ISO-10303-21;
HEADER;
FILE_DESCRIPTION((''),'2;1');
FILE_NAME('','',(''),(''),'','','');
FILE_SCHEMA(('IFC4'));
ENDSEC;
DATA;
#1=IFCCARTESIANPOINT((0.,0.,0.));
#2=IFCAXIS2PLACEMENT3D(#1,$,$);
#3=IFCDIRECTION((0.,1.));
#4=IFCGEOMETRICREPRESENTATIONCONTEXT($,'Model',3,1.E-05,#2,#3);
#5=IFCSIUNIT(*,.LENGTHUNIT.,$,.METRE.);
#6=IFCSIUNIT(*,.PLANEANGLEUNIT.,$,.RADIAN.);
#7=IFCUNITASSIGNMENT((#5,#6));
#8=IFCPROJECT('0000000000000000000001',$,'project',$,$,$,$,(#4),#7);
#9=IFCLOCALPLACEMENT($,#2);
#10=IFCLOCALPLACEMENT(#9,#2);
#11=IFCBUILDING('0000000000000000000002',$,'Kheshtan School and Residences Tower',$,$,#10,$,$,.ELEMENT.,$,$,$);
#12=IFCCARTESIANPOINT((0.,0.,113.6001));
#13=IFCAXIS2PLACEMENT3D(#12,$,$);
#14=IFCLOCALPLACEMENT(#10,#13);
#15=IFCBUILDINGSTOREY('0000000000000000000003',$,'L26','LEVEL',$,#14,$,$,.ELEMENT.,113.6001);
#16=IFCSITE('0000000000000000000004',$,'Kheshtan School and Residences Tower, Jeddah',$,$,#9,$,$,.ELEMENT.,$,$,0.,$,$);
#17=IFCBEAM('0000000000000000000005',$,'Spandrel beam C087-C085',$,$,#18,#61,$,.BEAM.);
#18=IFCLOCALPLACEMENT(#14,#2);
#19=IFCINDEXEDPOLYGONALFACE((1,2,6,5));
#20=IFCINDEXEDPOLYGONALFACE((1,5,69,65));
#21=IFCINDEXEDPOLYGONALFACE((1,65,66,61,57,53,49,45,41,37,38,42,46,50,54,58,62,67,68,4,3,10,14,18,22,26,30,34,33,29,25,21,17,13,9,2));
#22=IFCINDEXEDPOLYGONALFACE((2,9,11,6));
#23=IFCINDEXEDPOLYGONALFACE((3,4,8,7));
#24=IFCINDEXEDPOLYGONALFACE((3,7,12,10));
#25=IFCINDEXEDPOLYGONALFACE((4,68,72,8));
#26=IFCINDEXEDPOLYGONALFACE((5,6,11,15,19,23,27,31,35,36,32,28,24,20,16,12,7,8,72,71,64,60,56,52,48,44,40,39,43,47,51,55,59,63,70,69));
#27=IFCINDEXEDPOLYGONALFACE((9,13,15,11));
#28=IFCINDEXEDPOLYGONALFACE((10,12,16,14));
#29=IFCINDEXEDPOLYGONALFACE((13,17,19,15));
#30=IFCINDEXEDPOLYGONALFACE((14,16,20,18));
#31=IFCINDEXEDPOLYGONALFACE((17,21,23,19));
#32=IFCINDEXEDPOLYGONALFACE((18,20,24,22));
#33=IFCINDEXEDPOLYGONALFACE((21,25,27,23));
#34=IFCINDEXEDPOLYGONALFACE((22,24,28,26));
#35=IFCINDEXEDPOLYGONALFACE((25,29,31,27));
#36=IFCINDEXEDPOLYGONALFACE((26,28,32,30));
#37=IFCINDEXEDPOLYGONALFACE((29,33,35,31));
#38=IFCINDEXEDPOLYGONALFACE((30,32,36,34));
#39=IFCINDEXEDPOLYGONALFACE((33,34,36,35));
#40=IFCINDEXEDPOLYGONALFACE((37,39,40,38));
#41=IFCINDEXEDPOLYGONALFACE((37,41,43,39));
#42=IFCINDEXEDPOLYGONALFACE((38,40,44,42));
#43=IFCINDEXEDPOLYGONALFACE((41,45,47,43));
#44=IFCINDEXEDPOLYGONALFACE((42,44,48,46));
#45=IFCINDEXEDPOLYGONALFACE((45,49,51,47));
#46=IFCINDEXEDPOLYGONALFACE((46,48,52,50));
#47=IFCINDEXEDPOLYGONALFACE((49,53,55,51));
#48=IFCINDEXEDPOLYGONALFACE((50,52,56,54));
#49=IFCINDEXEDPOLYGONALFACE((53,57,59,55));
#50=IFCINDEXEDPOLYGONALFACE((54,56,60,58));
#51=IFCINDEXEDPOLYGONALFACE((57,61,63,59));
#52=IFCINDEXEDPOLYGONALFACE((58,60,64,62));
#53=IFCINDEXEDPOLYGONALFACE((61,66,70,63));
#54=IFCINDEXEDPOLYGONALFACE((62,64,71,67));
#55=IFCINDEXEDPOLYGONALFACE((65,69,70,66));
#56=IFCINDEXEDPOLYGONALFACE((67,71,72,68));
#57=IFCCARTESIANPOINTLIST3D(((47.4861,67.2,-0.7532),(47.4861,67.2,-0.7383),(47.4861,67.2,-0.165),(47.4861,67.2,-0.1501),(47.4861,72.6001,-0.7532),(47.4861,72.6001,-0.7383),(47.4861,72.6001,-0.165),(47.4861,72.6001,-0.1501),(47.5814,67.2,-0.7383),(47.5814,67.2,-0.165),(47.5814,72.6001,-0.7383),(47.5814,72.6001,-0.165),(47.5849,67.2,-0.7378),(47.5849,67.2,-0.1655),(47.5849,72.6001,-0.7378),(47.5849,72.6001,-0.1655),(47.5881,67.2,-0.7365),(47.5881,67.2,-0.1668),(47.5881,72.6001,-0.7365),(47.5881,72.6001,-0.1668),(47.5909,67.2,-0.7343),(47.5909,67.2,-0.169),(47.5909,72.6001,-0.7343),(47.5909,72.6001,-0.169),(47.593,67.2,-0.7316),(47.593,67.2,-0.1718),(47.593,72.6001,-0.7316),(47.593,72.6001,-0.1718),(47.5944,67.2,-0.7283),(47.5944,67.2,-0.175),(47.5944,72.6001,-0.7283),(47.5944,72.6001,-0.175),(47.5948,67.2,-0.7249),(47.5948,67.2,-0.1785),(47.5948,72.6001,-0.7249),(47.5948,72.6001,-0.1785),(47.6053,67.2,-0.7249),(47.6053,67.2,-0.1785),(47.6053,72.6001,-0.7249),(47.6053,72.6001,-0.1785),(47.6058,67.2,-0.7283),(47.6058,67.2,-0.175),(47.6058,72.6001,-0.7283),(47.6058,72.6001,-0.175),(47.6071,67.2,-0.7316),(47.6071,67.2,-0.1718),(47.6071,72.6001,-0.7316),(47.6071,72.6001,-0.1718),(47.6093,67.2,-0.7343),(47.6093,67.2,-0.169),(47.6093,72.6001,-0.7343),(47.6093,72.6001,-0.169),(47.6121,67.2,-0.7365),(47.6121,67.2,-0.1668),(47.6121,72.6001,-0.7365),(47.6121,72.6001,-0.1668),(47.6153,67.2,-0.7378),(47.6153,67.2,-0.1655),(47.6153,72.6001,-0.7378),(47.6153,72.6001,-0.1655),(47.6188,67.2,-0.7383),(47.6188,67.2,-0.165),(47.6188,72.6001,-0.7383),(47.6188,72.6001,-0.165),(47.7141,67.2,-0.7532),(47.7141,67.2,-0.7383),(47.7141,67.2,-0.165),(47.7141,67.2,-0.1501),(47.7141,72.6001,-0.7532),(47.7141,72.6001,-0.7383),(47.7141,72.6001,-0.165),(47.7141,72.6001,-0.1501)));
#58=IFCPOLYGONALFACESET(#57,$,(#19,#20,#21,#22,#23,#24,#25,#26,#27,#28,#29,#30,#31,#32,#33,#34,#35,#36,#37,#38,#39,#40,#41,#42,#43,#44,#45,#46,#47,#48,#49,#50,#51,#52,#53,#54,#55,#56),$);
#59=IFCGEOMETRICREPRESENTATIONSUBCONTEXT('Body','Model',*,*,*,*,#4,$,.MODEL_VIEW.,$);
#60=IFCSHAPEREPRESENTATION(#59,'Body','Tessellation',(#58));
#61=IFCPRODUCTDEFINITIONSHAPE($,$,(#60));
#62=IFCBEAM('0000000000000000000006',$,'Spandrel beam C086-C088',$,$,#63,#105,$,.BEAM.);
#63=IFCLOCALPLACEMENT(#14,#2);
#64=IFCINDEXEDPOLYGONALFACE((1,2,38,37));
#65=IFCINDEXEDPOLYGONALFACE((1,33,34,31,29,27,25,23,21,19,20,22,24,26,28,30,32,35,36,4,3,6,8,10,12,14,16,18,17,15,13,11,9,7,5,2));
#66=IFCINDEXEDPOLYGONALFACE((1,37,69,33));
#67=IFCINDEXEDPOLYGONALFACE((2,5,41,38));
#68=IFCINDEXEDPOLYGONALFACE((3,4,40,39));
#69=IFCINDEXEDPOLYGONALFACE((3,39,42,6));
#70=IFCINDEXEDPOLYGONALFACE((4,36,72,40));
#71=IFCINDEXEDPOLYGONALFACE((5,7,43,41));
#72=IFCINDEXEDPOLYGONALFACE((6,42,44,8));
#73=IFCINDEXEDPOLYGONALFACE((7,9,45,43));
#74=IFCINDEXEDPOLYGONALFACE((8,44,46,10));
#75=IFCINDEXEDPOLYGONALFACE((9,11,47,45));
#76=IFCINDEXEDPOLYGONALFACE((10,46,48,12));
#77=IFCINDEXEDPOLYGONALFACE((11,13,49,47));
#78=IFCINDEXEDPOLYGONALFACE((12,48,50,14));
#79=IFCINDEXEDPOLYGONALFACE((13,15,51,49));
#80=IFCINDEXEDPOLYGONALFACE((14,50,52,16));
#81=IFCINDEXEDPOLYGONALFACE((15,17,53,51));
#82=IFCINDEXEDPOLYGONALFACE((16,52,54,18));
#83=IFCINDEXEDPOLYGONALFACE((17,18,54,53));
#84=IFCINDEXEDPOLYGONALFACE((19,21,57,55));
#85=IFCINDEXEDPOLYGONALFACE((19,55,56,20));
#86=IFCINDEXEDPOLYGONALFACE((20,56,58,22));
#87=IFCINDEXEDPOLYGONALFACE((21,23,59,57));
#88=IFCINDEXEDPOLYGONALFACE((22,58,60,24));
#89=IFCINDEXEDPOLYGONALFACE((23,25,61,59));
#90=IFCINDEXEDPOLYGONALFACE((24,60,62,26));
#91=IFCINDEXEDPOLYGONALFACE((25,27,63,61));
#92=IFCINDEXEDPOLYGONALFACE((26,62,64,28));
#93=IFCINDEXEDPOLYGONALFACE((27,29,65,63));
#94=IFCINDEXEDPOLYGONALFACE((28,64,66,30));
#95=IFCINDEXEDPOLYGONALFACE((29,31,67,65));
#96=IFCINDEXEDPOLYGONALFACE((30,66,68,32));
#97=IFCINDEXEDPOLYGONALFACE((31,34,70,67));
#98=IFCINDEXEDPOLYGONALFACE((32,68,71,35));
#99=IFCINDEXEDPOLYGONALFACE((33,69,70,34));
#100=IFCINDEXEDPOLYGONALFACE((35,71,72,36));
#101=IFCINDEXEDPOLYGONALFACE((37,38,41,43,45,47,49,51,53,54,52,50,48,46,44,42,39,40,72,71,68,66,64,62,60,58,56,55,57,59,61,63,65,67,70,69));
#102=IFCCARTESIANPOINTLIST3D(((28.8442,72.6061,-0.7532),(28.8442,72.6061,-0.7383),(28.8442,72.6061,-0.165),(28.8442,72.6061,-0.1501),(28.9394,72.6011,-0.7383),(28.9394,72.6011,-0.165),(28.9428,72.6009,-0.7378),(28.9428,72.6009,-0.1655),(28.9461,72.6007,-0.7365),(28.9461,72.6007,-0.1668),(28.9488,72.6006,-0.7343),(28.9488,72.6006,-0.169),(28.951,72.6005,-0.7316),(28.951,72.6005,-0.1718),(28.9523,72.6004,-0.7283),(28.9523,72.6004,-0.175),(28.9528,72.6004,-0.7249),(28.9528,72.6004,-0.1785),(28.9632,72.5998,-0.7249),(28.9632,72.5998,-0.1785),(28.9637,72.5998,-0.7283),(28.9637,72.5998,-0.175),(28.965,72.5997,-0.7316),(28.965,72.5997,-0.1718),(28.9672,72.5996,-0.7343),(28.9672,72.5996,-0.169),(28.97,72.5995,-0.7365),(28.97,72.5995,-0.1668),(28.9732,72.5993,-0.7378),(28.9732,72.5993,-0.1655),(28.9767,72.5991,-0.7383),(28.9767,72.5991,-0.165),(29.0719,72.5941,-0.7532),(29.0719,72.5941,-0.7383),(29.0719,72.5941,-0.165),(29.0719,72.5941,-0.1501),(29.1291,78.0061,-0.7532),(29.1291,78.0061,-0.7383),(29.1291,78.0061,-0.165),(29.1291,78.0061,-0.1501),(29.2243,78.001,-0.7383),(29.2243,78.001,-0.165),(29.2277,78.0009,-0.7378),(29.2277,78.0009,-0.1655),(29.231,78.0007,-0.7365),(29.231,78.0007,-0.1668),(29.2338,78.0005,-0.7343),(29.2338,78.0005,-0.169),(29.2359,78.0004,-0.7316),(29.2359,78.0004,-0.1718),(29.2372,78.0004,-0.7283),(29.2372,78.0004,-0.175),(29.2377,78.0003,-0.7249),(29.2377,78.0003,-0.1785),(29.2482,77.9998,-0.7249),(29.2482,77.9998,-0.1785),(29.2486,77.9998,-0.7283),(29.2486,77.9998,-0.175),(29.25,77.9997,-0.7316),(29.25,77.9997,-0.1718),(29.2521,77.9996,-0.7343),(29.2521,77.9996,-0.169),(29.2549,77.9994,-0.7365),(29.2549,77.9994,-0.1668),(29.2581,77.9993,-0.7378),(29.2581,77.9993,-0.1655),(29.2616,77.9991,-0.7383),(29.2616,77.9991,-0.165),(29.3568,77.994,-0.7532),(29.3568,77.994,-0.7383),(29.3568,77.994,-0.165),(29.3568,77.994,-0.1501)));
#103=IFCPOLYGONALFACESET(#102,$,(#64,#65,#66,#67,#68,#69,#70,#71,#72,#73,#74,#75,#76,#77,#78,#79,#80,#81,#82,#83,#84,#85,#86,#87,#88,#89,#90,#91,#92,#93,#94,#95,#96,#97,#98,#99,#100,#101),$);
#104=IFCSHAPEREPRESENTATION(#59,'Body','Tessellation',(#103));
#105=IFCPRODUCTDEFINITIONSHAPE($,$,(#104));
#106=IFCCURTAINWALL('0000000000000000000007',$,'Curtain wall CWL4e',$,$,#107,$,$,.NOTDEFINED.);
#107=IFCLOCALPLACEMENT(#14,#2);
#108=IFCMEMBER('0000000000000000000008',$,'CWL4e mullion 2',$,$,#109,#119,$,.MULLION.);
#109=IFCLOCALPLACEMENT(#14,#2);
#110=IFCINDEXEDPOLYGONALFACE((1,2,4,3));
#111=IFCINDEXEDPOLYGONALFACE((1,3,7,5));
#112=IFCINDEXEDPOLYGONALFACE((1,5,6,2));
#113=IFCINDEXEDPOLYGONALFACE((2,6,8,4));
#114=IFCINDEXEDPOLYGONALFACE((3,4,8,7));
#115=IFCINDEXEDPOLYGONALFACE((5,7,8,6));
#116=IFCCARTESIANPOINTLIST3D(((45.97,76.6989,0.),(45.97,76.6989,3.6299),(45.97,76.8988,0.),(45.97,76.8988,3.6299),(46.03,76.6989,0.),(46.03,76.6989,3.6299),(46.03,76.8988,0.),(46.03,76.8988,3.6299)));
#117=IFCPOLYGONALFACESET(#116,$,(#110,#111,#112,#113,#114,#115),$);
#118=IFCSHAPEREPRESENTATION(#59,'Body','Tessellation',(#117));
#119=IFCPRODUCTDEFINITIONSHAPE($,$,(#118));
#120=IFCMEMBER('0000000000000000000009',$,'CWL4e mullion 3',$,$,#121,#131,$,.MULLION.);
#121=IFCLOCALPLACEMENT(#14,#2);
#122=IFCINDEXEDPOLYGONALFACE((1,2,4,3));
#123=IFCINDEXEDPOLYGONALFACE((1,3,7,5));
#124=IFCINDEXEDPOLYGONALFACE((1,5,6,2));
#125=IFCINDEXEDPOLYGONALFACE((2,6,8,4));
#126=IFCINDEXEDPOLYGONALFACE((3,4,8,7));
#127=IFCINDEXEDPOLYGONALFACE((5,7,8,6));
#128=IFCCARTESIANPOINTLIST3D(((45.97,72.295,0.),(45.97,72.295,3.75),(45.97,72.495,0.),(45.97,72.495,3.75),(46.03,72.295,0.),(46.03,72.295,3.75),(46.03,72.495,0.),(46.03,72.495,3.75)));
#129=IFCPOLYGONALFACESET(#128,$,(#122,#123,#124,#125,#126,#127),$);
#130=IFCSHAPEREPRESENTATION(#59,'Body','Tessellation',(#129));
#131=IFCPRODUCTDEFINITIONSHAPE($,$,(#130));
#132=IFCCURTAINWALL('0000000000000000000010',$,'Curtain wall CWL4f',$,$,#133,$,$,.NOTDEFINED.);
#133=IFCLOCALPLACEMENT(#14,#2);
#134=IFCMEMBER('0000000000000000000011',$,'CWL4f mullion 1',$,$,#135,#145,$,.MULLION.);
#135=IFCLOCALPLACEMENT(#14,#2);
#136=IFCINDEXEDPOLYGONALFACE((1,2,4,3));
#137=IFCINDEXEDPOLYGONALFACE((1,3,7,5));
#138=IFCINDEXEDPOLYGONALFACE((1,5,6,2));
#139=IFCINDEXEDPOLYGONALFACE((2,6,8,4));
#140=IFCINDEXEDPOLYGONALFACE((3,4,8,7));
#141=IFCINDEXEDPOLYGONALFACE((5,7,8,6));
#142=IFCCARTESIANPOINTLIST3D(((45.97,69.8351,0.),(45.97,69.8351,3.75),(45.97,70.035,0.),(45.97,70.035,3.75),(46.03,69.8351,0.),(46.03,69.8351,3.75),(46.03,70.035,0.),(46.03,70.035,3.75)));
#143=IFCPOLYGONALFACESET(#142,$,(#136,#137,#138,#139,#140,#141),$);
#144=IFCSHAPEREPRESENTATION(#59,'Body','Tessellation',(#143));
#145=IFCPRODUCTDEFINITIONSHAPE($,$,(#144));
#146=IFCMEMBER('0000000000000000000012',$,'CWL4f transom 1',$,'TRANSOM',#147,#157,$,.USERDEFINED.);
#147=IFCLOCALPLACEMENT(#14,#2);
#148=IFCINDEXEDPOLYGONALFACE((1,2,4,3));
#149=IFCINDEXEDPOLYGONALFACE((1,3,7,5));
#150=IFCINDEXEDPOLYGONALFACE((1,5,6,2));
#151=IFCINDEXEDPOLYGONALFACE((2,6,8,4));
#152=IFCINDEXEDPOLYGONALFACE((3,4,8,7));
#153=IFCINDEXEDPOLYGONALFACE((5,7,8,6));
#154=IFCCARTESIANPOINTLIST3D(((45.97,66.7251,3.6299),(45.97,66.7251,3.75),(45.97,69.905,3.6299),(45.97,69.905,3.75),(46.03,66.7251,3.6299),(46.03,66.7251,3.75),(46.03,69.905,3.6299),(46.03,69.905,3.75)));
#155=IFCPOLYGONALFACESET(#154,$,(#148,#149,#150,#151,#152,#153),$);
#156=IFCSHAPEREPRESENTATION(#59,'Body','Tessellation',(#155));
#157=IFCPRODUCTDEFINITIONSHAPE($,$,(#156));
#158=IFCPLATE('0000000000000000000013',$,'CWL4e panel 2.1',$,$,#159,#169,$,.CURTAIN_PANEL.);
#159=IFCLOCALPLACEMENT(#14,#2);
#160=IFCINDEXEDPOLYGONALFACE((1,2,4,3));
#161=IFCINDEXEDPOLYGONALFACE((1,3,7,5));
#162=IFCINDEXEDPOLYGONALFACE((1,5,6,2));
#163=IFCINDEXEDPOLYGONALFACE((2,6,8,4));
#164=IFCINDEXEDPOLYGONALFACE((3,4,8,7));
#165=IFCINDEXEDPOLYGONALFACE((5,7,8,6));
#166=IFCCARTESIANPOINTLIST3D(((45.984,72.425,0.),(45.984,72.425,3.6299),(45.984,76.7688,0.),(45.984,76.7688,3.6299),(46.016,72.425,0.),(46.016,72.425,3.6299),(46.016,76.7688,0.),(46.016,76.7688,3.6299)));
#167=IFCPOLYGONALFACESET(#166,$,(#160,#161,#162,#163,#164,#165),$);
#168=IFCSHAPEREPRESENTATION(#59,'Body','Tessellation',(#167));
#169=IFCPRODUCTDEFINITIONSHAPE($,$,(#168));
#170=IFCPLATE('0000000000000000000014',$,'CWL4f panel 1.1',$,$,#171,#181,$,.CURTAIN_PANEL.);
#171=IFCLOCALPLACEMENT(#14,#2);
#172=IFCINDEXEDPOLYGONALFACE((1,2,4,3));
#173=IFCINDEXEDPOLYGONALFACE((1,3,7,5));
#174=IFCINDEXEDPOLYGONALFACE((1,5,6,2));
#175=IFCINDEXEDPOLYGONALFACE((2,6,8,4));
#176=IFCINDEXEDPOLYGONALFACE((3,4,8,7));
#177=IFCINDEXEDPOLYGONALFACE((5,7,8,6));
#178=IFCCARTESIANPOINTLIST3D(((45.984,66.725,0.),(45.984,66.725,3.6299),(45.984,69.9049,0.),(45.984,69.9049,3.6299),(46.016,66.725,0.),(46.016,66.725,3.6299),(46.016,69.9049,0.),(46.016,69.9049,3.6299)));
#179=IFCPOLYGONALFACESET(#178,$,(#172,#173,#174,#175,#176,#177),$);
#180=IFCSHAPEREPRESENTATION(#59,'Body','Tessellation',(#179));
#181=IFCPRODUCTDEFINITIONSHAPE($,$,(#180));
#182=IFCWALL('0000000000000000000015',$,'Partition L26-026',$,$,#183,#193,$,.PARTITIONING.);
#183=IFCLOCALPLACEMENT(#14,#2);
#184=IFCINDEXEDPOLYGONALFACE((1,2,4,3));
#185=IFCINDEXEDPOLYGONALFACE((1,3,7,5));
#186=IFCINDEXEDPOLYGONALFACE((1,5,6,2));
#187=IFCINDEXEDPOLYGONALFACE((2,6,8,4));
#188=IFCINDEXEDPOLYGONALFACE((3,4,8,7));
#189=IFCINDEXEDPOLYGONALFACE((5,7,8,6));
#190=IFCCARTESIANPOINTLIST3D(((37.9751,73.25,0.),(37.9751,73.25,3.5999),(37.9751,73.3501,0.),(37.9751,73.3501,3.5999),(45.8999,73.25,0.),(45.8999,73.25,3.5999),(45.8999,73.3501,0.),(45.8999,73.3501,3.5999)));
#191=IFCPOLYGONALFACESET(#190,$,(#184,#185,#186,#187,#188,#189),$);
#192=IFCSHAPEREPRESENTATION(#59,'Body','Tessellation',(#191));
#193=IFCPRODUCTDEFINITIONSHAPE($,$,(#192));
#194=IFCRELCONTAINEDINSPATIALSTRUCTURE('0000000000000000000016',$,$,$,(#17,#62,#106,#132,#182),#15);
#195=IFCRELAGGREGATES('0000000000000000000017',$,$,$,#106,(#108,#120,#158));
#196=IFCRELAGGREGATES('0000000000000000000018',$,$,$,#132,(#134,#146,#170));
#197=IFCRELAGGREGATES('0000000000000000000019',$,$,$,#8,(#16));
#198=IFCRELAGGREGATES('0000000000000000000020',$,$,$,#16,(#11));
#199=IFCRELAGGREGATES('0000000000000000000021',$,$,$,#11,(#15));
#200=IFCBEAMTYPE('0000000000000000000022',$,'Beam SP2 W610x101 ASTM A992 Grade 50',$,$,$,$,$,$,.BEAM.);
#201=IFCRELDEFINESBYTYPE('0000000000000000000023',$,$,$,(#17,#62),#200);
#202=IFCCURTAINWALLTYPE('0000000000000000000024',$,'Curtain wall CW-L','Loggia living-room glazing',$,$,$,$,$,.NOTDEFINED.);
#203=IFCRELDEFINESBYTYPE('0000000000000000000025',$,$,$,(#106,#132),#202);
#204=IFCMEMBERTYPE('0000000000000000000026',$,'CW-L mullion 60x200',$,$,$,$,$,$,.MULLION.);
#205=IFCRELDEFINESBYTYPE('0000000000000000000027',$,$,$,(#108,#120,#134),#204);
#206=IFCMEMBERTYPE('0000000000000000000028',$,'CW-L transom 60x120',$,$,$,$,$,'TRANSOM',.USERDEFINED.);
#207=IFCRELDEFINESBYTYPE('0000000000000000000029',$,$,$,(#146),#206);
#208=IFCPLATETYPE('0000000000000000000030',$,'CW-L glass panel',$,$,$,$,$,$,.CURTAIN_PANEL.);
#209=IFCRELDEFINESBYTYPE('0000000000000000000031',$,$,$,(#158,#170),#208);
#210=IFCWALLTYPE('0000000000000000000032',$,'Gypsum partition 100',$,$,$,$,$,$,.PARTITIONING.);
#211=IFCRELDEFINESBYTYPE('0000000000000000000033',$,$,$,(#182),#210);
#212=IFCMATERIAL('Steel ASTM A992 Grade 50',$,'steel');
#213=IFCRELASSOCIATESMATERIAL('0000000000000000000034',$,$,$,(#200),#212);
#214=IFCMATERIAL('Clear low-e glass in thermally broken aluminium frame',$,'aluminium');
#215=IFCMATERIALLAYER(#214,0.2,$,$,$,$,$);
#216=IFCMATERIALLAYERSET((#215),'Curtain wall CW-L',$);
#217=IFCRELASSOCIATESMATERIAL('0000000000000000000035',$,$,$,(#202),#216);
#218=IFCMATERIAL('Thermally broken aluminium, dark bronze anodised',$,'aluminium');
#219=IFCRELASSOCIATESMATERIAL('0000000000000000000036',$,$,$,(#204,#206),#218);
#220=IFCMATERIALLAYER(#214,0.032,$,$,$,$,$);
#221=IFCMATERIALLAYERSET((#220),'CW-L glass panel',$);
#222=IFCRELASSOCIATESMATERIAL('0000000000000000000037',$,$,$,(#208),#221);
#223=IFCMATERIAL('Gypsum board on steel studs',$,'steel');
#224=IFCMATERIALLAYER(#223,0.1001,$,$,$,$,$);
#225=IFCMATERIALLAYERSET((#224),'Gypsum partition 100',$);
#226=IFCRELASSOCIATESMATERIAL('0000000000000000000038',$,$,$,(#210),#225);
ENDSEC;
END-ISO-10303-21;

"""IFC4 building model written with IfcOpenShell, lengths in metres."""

from ifc_helpers import new_model, si_unit, direction, frame, frame_2d, origin, origin_2d, place, context, subcontext, project, spatial, rectangle, i_section, extrude, material, layer, layer_set, material_profile, profile_set, type_object, element, aggregate, save


model = new_model("IFC4")

# Units and contexts
model_context = context("Model", 3, precision=1e-05, world=origin(), true_north=direction((0.0, 1.0)))
body_context = subcontext(model_context, "Body", "Model", "MODEL_VIEW")
ifc_project = project(units=[si_unit("LENGTHUNIT", "METRE"), si_unit("PLANEANGLEUNIT", "RADIAN")], contexts=[model_context])

# Site, building, storey
site_placement = place(None, origin())
site = spatial("IfcSite", under=ifc_project, at=site_placement, Name="Kheshtan School and Residences Tower, Jeddah", CompositionType="ELEMENT", RefElevation=0.0)
building_placement = place(site_placement, origin())
building = spatial("IfcBuilding", under=site, at=building_placement, Name="Kheshtan School and Residences Tower", CompositionType="ELEMENT")
storey_placement = place(building_placement, frame((0.0, 0.0, 113.6001)))
storey = spatial("IfcBuildingStorey", under=building, at=storey_placement, Name="L26", Description="LEVEL", CompositionType="ELEMENT", Elevation=113.6001)

# Shared definitions
ifc_material_1 = material(Name="Steel ASTM A992 Grade 50", Category="steel")

# Beams
ifc_material_profile_1 = material_profile(ifc_material_1, i_section(OverallWidth=0.228, OverallDepth=0.603, WebThickness=0.0105, FlangeThickness=0.0149, FilletRadius=0.0134, at=origin_2d()), Name="W610x101")
ifc_profile_set_1 = profile_set([ifc_material_profile_1], Name="Steel ASTM A992 Grade 50")
beam_type_1 = type_object("IfcBeamType", Name="Beam SP2 W610x101 ASTM A992 Grade 50", PredefinedType="BEAM", material=ifc_profile_set_1)
beam_1_placement = place(storey_placement, frame((47.6001, 72.6001, -0.4517), z_axis=(0.0, -1.0, 0.0), x_axis=(1.0, 0.0, 0.0)))
element("IfcBeam", 1, at=beam_1_placement, inside=storey, type_object=beam_type_1, Name="Spandrel beam C087-C085", PredefinedType="BEAM", context=body_context, shape_type="SweptSolid", body=[
    extrude(i_section(OverallWidth=0.228, OverallDepth=0.603, WebThickness=0.0105, FlangeThickness=0.0149, FilletRadius=0.0134, at=origin_2d()), origin(), (0.0, 0.0, 1.0), 5.4001),
])
beam_2_placement = place(storey_placement, frame((28.958, 72.6001, -0.4517), z_axis=(0.052689, 0.998611, 0.0), x_axis=(-0.998611, 0.052689, 0.0)))
element("IfcBeam", 2, at=beam_2_placement, inside=storey, type_object=beam_type_1, Name="Spandrel beam C086-C088", PredefinedType="BEAM", context=body_context, shape_type="SweptSolid", body=[
    extrude(i_section(OverallWidth=0.228, OverallDepth=0.603, WebThickness=0.0105, FlangeThickness=0.0149, FilletRadius=0.0134, at=origin_2d()), origin(), (0.0, 0.0, 1.0), 5.4075),
])

# Curtain walls, members
ifc_material_2 = material(Name="Clear low-e glass in thermally broken aluminium frame", Category="aluminium")
ifc_layer_1 = layer(ifc_material_2, 0.2)
ifc_layer_set_1 = layer_set([ifc_layer_1], Name="Curtain wall CW-L")
curtain_wall_type = type_object("IfcCurtainWallType", Name="Curtain wall CW-L", Description="Loggia living-room glazing", PredefinedType="NOTDEFINED", material=ifc_layer_set_1)
curtain_wall_1_placement = place(storey_placement, origin())
curtain_wall_1 = element("IfcCurtainWall", 3, at=curtain_wall_1_placement, inside=storey, type_object=curtain_wall_type, Name="Curtain wall CWL4e", PredefinedType="NOTDEFINED")
ifc_material_3 = material(Name="Thermally broken aluminium, dark bronze anodised", Category="aluminium")
ifc_material_profile_2 = material_profile(ifc_material_3, rectangle(XDim=0.0601, YDim=0.2, at=origin_2d()), Name="CW-L mullion 60x200")
ifc_profile_set_2 = profile_set([ifc_material_profile_2], Name="Thermally broken aluminium, dark bronze anodised")
member_type_1 = type_object("IfcMemberType", Name="CW-L mullion 60x200", PredefinedType="MULLION", material=ifc_profile_set_2)
member_1_placement = place(storey_placement, frame((46.0, 76.7988, 0.0), z_axis=(0.0, 0.0, 1.0), x_axis=(1.0, 0.0, 0.0)))
member_1 = element("IfcMember", 4, at=member_1_placement, type_object=member_type_1, Name="CWL4e mullion 2", PredefinedType="MULLION", context=body_context, shape_type="SweptSolid", body=[
    extrude(rectangle(XDim=0.0601, YDim=0.2, at=origin_2d()), origin(), (0.0, 0.0, 1.0), 3.6299),
])
member_2_placement = place(storey_placement, frame((46.0, 72.395, 0.0), z_axis=(0.0, 0.0, 1.0), x_axis=(1.0, 0.0, 0.0)))
member_2 = element("IfcMember", 5, at=member_2_placement, type_object=member_type_1, Name="CWL4e mullion 3", PredefinedType="MULLION", context=body_context, shape_type="SweptSolid", body=[
    extrude(rectangle(XDim=0.0601, YDim=0.2, at=origin_2d()), origin(), (0.0, 0.0, 1.0), 3.75),
])
curtain_wall_2_placement = place(storey_placement, origin())
curtain_wall_2 = element("IfcCurtainWall", 6, at=curtain_wall_2_placement, inside=storey, type_object=curtain_wall_type, Name="Curtain wall CWL4f", PredefinedType="NOTDEFINED")
member_3_placement = place(storey_placement, frame((46.0, 69.9351, 0.0), z_axis=(0.0, 0.0, 1.0), x_axis=(1.0, 0.0, 0.0)))
member_3 = element("IfcMember", 7, at=member_3_placement, type_object=member_type_1, Name="CWL4f mullion 1", PredefinedType="MULLION", context=body_context, shape_type="SweptSolid", body=[
    extrude(rectangle(XDim=0.0601, YDim=0.2, at=origin_2d()), origin(), (0.0, 0.0, 1.0), 3.75),
])
ifc_material_profile_3 = material_profile(ifc_material_3, rectangle(XDim=0.0601, YDim=0.1201, at=origin_2d()), Name="CW-L transom 60x120")
ifc_profile_set_3 = profile_set([ifc_material_profile_3], Name="Thermally broken aluminium, dark bronze anodised")
member_type_2 = type_object("IfcMemberType", Name="CW-L transom 60x120", ElementType="TRANSOM", PredefinedType="USERDEFINED", material=ifc_profile_set_3)
member_4_placement = place(storey_placement, frame((46.0, 69.905, 3.6899), z_axis=(0.0, -1.0, 0.0), x_axis=(1.0, 0.0, 0.0)))
member_4 = element("IfcMember", 8, at=member_4_placement, type_object=member_type_2, Name="CWL4f transom 1", ObjectType="TRANSOM", PredefinedType="USERDEFINED", context=body_context, shape_type="SweptSolid", body=[
    extrude(rectangle(XDim=0.0601, YDim=0.1201, at=origin_2d()), origin(), (0.0, 0.0, 1.0), 3.1799),
])

# Plates
ifc_layer_2 = layer(ifc_material_2, 0.032)
ifc_layer_set_2 = layer_set([ifc_layer_2], Name="CW-L glass panel")
plate_type = type_object("IfcPlateType", Name="CW-L glass panel", PredefinedType="CURTAIN_PANEL", material=ifc_layer_set_2)
plate_1_placement = place(storey_placement, frame((46.0, 74.5969, 0.0), z_axis=(0.0, 0.0, 1.0), x_axis=(0.0, -1.0, 0.0)))
plate_1 = element("IfcPlate", 9, at=plate_1_placement, type_object=plate_type, Name="CWL4e panel 2.1", PredefinedType="CURTAIN_PANEL", context=body_context, shape_type="SweptSolid", body=[
    extrude(rectangle(XDim=4.3438, YDim=0.032, at=origin_2d()), origin(), (0.0, 0.0, 1.0), 3.6299),
])
aggregate(curtain_wall_1, [member_1, member_2, plate_1])
plate_2_placement = place(storey_placement, frame((46.0, 68.3149, 0.0), z_axis=(0.0, 0.0, 1.0), x_axis=(0.0, -1.0, 0.0)))
plate_2 = element("IfcPlate", 10, at=plate_2_placement, type_object=plate_type, Name="CWL4f panel 1.1", PredefinedType="CURTAIN_PANEL", context=body_context, shape_type="SweptSolid", body=[
    extrude(rectangle(XDim=3.1799, YDim=0.032, at=origin_2d()), origin(), (0.0, 0.0, 1.0), 3.6299),
])
aggregate(curtain_wall_2, [member_3, member_4, plate_2])

# Wall
ifc_material_4 = material(Name="Gypsum board on steel studs", Category="steel")
ifc_layer_3 = layer(ifc_material_4, 0.1001)
ifc_layer_set_3 = layer_set([ifc_layer_3], Name="Gypsum partition 100")
wall_type_1 = type_object("IfcWallType", Name="Gypsum partition 100", PredefinedType="PARTITIONING", material=ifc_layer_set_3)
for number, where, z_axis, x_axis, name in (
    (11, (37.9751, 73.3, 0.0), (0.0, 0.0, 1.0), (1.0, 0.0, 0.0), "Partition L26-026"),
):
    element("IfcWall", number, at=place(storey_placement, frame(where, z_axis=z_axis, x_axis=x_axis)), inside=storey, type_object=wall_type_1, Name=name, PredefinedType="PARTITIONING", context=body_context, shape_type="SweptSolid", body=[
        extrude(rectangle(XDim=7.9248, YDim=0.1001, at=frame_2d((3.9624, 0.0))), origin(), (0.0, 0.0, 1.0), 3.5999),
    ])

save(model, "model.ifc")
